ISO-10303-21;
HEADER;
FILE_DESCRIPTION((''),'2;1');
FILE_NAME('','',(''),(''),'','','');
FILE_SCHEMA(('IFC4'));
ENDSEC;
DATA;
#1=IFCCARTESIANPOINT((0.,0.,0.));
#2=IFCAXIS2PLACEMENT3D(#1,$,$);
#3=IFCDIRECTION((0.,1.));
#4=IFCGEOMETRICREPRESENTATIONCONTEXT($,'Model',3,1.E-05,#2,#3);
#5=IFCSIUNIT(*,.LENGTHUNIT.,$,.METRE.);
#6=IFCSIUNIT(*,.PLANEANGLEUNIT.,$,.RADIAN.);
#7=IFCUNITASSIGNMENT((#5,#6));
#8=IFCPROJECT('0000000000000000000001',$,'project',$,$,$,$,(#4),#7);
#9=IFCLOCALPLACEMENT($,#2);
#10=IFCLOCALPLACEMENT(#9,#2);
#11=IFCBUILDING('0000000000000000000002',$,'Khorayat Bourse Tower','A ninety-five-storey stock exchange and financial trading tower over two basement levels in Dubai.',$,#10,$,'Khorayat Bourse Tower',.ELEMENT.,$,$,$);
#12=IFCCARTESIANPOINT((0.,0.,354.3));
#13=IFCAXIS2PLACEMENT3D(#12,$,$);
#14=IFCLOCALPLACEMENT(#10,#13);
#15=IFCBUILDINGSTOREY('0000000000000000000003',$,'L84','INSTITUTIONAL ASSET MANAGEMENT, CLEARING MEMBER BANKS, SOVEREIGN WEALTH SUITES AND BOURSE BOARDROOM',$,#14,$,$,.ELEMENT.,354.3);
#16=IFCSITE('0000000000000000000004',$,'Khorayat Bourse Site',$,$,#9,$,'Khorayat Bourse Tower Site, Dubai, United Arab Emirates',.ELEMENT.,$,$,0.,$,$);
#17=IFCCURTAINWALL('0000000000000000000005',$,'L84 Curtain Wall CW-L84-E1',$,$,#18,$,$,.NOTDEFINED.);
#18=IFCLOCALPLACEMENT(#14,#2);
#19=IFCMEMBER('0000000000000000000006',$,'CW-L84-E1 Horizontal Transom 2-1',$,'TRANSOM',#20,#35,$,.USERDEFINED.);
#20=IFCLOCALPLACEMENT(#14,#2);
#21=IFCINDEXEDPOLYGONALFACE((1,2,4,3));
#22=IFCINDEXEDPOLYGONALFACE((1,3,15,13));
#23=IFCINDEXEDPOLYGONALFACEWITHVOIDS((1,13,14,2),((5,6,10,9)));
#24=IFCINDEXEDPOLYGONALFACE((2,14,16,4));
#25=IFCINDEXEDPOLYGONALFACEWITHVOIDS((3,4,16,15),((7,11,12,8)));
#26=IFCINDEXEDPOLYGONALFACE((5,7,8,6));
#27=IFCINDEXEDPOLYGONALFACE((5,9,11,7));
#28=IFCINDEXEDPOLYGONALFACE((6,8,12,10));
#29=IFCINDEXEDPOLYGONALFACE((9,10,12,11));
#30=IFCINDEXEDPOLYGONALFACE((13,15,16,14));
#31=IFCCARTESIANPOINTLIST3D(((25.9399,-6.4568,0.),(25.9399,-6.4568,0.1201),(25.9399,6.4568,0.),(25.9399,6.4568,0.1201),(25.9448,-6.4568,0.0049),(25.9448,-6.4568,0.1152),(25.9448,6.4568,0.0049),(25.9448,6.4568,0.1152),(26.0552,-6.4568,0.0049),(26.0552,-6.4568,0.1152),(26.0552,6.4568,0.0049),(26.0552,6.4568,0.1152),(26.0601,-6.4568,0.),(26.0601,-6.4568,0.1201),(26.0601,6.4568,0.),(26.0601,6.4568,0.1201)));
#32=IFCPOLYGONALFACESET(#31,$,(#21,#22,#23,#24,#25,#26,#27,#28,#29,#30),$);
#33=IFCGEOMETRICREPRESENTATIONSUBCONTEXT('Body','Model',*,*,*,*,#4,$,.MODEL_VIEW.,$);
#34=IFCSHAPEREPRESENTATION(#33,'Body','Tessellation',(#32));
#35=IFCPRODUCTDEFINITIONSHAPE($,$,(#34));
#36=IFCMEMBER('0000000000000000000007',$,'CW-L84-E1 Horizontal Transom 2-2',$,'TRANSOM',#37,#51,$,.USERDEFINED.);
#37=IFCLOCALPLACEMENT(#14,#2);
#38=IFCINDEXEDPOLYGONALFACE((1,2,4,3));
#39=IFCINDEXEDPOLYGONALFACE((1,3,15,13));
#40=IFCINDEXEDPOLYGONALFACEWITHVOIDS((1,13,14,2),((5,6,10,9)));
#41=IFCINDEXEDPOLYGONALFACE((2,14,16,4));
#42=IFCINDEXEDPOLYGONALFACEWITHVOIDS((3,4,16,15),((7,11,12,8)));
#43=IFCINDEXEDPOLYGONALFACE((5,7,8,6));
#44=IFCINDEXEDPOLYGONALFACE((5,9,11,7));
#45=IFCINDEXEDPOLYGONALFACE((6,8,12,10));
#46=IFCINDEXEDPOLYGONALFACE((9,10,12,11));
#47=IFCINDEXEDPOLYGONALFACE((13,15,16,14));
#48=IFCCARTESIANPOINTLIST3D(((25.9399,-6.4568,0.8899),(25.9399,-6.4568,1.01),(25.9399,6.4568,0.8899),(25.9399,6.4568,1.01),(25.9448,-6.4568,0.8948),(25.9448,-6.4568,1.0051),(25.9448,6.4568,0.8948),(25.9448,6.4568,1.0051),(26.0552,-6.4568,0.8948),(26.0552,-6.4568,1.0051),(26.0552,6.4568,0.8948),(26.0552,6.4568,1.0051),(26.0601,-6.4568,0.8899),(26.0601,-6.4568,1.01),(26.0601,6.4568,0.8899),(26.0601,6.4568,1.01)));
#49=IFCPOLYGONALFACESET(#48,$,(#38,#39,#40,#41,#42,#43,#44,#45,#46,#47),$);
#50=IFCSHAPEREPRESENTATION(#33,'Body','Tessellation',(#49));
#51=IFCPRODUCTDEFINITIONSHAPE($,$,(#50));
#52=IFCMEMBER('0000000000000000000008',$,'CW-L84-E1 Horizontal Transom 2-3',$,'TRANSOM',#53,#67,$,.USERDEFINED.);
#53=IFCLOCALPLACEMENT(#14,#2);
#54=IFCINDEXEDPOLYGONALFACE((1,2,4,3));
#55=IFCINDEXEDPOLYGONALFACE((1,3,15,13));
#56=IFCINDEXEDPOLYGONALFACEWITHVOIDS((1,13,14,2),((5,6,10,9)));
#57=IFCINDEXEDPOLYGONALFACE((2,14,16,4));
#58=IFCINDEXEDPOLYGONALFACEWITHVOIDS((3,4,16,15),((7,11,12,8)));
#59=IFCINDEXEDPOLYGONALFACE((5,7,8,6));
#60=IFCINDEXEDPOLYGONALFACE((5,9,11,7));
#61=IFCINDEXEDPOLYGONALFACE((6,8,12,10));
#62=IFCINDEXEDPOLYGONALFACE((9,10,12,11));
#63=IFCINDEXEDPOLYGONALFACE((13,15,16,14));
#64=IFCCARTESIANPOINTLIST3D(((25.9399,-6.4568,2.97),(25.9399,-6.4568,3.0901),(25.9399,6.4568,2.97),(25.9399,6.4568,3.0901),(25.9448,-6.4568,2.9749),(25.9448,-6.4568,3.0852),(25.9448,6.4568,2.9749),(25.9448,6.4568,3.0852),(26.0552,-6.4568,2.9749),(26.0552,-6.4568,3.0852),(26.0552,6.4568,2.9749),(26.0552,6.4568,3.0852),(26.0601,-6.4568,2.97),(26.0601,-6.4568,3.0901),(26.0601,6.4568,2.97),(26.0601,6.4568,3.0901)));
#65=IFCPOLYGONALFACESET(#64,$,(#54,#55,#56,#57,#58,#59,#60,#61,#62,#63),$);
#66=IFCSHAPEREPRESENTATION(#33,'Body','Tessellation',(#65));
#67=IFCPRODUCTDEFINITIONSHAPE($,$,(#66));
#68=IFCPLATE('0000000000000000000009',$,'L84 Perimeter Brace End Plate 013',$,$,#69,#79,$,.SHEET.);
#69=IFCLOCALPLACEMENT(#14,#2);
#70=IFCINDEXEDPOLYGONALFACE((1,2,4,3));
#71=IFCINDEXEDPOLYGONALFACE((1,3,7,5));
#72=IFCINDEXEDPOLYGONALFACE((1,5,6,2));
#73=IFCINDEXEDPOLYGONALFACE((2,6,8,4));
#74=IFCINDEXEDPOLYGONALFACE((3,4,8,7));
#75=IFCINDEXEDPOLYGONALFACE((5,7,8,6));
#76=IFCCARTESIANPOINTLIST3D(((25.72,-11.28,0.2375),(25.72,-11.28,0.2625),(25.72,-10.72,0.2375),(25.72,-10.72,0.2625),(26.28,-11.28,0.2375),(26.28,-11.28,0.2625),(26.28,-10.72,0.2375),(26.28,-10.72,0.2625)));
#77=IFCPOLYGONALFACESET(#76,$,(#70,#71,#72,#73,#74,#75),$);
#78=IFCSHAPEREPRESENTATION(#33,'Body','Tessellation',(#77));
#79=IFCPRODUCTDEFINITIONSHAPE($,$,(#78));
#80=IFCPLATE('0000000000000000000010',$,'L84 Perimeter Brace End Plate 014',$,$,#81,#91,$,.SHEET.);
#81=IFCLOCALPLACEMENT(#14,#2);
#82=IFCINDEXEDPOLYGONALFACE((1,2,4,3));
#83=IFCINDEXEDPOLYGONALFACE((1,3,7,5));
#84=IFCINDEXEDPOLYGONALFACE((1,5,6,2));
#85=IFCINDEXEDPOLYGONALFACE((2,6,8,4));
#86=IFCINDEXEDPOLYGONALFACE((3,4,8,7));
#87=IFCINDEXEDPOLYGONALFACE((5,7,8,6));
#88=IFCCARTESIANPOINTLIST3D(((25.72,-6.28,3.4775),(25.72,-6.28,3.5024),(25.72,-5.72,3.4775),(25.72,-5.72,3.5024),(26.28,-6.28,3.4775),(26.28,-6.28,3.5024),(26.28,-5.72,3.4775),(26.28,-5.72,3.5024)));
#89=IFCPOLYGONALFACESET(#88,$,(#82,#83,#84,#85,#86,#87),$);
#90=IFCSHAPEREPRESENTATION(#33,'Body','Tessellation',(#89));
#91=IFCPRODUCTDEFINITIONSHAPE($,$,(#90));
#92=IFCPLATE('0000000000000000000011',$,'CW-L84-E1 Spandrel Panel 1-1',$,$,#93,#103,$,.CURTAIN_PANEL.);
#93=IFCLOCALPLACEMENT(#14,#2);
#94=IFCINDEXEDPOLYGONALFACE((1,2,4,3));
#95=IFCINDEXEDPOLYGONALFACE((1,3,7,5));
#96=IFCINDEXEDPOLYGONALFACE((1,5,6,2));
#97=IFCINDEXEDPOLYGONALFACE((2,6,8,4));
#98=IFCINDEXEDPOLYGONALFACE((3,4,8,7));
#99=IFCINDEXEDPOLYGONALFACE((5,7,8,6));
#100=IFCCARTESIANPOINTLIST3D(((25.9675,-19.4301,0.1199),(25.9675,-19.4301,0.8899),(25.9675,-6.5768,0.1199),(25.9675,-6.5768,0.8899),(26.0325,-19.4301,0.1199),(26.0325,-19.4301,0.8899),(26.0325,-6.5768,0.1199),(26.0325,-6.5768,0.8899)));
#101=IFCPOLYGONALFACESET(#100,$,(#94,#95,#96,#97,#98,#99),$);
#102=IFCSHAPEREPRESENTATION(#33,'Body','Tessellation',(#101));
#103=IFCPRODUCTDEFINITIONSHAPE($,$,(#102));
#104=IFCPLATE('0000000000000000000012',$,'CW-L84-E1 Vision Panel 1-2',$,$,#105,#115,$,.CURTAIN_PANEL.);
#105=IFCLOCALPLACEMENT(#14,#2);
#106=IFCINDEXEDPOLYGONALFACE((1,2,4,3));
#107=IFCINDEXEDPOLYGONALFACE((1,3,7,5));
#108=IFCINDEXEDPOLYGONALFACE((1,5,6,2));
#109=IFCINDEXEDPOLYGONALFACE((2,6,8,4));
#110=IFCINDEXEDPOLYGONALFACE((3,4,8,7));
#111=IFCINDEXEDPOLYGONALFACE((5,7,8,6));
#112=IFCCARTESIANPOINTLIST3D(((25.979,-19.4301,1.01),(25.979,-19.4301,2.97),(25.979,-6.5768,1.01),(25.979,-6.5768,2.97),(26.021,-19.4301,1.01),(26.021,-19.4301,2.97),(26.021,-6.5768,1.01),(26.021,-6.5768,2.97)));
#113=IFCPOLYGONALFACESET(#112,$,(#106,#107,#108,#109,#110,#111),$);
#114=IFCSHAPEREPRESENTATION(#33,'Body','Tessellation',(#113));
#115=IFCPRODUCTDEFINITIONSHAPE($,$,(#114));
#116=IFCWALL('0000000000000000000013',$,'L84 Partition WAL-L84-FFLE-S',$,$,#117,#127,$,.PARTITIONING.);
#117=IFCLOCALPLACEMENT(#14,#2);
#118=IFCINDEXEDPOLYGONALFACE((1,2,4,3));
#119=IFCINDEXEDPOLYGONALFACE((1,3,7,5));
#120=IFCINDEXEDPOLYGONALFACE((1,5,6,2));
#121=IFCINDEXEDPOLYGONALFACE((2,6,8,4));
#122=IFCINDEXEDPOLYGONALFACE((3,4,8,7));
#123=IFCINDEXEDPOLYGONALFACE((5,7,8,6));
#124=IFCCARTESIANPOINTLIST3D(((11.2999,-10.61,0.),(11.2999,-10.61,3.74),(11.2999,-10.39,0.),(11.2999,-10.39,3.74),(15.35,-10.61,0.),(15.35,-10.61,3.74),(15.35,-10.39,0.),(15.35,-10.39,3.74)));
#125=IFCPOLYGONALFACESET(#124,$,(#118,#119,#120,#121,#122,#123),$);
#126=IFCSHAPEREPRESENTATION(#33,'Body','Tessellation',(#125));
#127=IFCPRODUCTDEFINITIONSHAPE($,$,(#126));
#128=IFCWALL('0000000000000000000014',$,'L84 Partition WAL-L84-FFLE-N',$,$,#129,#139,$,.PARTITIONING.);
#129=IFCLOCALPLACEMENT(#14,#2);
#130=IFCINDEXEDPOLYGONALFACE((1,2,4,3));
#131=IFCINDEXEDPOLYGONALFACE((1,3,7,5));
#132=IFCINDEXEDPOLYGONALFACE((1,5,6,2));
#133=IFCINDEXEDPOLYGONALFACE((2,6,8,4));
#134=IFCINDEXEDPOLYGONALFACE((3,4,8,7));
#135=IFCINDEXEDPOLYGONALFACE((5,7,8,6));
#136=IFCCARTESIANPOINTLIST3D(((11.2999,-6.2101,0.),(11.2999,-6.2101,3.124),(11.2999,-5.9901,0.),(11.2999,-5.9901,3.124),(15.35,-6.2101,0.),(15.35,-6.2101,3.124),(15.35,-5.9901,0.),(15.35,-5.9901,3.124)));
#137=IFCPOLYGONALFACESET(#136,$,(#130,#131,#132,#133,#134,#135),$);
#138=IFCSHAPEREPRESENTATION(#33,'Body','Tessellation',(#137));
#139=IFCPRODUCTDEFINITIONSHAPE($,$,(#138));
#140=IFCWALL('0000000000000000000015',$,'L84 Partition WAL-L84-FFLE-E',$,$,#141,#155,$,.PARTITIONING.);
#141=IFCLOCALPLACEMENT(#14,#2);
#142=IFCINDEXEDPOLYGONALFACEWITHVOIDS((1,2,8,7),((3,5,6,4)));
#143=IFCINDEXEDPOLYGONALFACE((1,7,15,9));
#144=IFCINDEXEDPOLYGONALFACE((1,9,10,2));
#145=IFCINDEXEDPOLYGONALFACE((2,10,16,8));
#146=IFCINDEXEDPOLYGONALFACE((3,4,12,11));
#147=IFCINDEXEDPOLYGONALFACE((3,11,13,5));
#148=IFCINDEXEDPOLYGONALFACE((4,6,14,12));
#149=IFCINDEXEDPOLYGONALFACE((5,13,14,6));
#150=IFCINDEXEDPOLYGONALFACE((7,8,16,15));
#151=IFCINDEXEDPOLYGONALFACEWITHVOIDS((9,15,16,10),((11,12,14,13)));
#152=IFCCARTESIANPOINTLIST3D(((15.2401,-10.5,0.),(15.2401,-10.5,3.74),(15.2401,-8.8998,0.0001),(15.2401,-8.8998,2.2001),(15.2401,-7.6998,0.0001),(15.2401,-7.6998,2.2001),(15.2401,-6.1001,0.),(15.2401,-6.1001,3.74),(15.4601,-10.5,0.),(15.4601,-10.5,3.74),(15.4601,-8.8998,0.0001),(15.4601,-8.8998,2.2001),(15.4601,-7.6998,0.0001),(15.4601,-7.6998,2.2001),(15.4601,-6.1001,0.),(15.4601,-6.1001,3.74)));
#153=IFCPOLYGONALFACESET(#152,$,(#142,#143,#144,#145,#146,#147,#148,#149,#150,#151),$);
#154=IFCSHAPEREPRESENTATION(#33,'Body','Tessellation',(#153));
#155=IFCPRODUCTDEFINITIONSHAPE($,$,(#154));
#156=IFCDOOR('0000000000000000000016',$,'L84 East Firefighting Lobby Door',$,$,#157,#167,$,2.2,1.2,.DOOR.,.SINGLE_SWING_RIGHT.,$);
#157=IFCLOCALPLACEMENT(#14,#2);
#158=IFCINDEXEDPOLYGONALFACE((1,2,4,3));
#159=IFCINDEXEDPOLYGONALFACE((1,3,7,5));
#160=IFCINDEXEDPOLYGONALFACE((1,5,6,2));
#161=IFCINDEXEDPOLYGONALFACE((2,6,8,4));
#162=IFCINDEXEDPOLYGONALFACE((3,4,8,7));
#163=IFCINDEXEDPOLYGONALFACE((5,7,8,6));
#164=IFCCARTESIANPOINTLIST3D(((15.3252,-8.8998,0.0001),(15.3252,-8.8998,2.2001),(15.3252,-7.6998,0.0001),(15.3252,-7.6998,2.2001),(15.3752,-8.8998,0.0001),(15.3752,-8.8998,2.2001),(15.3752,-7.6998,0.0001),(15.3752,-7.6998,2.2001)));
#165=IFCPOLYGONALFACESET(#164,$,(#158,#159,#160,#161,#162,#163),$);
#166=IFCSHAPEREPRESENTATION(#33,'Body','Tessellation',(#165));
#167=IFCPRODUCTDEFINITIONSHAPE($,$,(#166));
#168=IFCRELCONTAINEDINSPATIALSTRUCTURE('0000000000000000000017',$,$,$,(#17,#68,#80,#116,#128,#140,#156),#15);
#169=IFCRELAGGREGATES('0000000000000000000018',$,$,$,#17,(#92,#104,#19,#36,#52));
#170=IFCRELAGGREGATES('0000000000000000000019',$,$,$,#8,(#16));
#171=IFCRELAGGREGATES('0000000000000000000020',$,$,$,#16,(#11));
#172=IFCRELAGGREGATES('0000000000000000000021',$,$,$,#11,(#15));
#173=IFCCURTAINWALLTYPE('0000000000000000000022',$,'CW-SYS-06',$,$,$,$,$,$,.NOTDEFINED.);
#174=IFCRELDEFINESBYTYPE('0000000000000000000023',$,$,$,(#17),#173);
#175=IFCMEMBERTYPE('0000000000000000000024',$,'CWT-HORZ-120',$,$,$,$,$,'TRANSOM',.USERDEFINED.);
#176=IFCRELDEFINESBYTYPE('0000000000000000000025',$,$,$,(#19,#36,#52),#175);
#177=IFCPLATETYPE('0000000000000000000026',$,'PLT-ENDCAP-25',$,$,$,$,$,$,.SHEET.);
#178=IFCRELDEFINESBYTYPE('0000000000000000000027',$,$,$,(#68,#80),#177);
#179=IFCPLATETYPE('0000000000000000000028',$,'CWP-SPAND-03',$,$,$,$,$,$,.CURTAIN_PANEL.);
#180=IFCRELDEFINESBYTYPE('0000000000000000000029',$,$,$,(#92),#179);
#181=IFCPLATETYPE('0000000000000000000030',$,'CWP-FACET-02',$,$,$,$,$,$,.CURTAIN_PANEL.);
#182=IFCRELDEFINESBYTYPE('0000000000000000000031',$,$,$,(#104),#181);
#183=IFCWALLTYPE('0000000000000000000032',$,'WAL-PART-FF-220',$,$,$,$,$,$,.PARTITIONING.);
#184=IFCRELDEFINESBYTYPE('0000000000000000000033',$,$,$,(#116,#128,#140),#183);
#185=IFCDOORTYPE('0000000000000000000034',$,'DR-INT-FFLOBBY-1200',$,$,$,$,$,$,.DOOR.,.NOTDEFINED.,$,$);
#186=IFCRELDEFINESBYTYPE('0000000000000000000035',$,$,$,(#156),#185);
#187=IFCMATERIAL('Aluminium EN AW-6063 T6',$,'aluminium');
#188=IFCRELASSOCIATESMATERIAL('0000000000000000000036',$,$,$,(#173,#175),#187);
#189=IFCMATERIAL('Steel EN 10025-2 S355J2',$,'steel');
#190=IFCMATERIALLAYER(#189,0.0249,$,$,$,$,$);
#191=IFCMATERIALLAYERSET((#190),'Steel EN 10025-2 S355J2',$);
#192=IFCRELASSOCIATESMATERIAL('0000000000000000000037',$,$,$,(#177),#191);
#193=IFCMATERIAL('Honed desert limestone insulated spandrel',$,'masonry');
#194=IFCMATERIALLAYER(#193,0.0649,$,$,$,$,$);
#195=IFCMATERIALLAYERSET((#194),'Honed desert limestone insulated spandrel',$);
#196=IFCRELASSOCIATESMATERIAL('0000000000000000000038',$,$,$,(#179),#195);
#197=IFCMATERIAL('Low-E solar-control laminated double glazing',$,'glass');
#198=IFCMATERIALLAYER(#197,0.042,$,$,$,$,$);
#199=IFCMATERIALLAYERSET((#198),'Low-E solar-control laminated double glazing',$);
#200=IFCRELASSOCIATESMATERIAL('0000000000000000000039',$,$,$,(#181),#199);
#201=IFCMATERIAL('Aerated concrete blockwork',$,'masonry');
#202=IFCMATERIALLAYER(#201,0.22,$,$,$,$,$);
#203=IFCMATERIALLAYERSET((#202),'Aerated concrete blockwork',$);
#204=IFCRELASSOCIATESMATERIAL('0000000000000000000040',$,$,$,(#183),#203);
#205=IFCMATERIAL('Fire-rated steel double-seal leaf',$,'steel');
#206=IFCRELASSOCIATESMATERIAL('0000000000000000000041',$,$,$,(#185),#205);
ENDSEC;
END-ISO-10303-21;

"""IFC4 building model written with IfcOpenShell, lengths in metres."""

from ifc_helpers import new_model, si_unit, direction, frame, frame_2d, origin, origin_2d, place, context, subcontext, project, spatial, rectangle, hollow_rectangle, extrude, source, transform, mapped, material, layer, layer_set, material_profile, profile_set, type_object, element, fill, aggregate, save


model = new_model("IFC4")

# Units and contexts
model_context = context("Model", 3, precision=1e-05, world=origin(), true_north=direction((0.0, 1.0)))
body_context = subcontext(model_context, "Body", "Model", "MODEL_VIEW")
ifc_project = project(units=[si_unit("LENGTHUNIT", "METRE"), si_unit("PLANEANGLEUNIT", "RADIAN")], contexts=[model_context])

# Site, building, storey
site_placement = place(None, origin())
site = spatial("IfcSite", under=ifc_project, at=site_placement, Name="Khorayat Bourse Site", LongName="Khorayat Bourse Tower Site, Dubai, United Arab Emirates", CompositionType="ELEMENT", RefElevation=0.0)
building_placement = place(site_placement, origin())
building = spatial("IfcBuilding", under=site, at=building_placement, Name="Khorayat Bourse Tower", Description="A ninety-five-storey stock exchange and financial trading tower over two basement levels in Dubai.", LongName="Khorayat Bourse Tower", CompositionType="ELEMENT")
storey_placement = place(building_placement, frame((0.0, 0.0, 354.3)))
storey = spatial("IfcBuildingStorey", under=building, at=storey_placement, Name="L84", Description="INSTITUTIONAL ASSET MANAGEMENT, CLEARING MEMBER BANKS, SOVEREIGN WEALTH SUITES AND BOURSE BOARDROOM", CompositionType="ELEMENT", Elevation=354.3)

# Shared definitions
ifc_material_1 = material(Name="Steel EN 10025-2 S355J2", Category="steel")

# Curtain wall, members
ifc_material_2 = material(Name="Aluminium EN AW-6063 T6", Category="aluminium")
curtain_wall_type = type_object("IfcCurtainWallType", Name="CW-SYS-06", PredefinedType="NOTDEFINED", material=ifc_material_2)
curtain_wall_placement = place(storey_placement, origin())
curtain_wall = element("IfcCurtainWall", 1, at=curtain_wall_placement, inside=storey, type_object=curtain_wall_type, Name="L84 Curtain Wall CW-L84-E1", PredefinedType="NOTDEFINED")
ifc_material_profile_1 = material_profile(ifc_material_2, hollow_rectangle(XDim=0.1201, YDim=0.1201, WallThickness=0.0049, at=origin_2d()), Name="ALU 120x120x5")
ifc_profile_set_1 = profile_set([ifc_material_profile_1], Name="Aluminium EN AW-6063 T6")
member_type_1 = type_object("IfcMemberType", Name="CWT-HORZ-120", ElementType="TRANSOM", PredefinedType="USERDEFINED", material=ifc_profile_set_1)
shared_shape_1 = source(origin(), body_context, "Body", "SweptSolid", [
    extrude(hollow_rectangle(XDim=0.1201, YDim=0.1201, WallThickness=0.0049, at=origin_2d()), origin(), (0.0, 0.0, 1.0), 12.9136),
])
member_1_placement = place(storey_placement, frame((26.0, -6.4568, 0.0601), z_axis=(0.0, 1.0, 0.0), x_axis=(-1.0, 0.0, 0.0)))
member_1 = element("IfcMember", 2, at=member_1_placement, type_object=member_type_1, Name="CW-L84-E1 Horizontal Transom 2-1", ObjectType="TRANSOM", PredefinedType="USERDEFINED", context=body_context, shape_type="MappedRepresentation", body=[
    mapped(shared_shape_1, transform((0.0, 0.0, 0.0), scale=1.0)),
])
member_2_placement = place(storey_placement, frame((26.0, -6.4568, 0.95), z_axis=(0.0, 1.0, 0.0), x_axis=(-1.0, 0.0, 0.0)))
member_2 = element("IfcMember", 3, at=member_2_placement, type_object=member_type_1, Name="CW-L84-E1 Horizontal Transom 2-2", ObjectType="TRANSOM", PredefinedType="USERDEFINED", context=body_context, shape_type="MappedRepresentation", body=[
    mapped(shared_shape_1, transform((0.0, 0.0, 0.0), scale=1.0)),
])
member_3_placement = place(storey_placement, frame((26.0, -6.4568, 3.03), z_axis=(0.0, 1.0, 0.0), x_axis=(-1.0, 0.0, 0.0)))
member_3 = element("IfcMember", 4, at=member_3_placement, type_object=member_type_1, Name="CW-L84-E1 Horizontal Transom 2-3", ObjectType="TRANSOM", PredefinedType="USERDEFINED", context=body_context, shape_type="MappedRepresentation", body=[
    mapped(shared_shape_1, transform((0.0, 0.0, 0.0), scale=1.0)),
])

# Plates
ifc_layer_1 = layer(ifc_material_1, 0.0249)
ifc_layer_set_1 = layer_set([ifc_layer_1], Name="Steel EN 10025-2 S355J2")
plate_type_1 = type_object("IfcPlateType", Name="PLT-ENDCAP-25", PredefinedType="SHEET", material=ifc_layer_set_1)
shared_shape_2 = source(origin(), body_context, "Body", "SweptSolid", [
    extrude(rectangle(XDim=0.5601, YDim=0.5601, at=origin_2d()), origin(), (0.0, 0.0, 1.0), 0.0249),
])
for number, where, z_axis, x_axis, name in (
    (5, (26.0, -11.0, 0.2375), (0.0, 0.0, 1.0), (1.0, 0.0, 0.0), "L84 Perimeter Brace End Plate 013"),
    (6, (26.0, -6.0, 3.4775), (0.0, 0.0, 1.0), (1.0, 0.0, 0.0), "L84 Perimeter Brace End Plate 014"),
):
    element("IfcPlate", number, at=place(storey_placement, frame(where, z_axis=z_axis, x_axis=x_axis)), inside=storey, type_object=plate_type_1, Name=name, PredefinedType="SHEET", context=body_context, shape_type="MappedRepresentation", body=[
        mapped(shared_shape_2, transform((0.0, 0.0, 0.0), scale=1.0)),
    ])

# Plates
ifc_material_3 = material(Name="Honed desert limestone insulated spandrel", Category="masonry")
ifc_layer_2 = layer(ifc_material_3, 0.0649)
ifc_layer_set_2 = layer_set([ifc_layer_2], Name="Honed desert limestone insulated spandrel")
plate_type_2 = type_object("IfcPlateType", Name="CWP-SPAND-03", PredefinedType="CURTAIN_PANEL", material=ifc_layer_set_2)
shared_shape_3 = source(origin(), body_context, "Body", "SweptSolid", [
    extrude(rectangle(XDim=12.8533, YDim=0.0649, at=origin_2d()), origin(), (0.0, 0.0, 1.0), 0.77),
])
plate_1_placement = place(storey_placement, frame((26.0, -13.0034, 0.1199), z_axis=(0.0, 0.0, 1.0), x_axis=(0.0, 1.0, 0.0)))
plate_1 = element("IfcPlate", 7, at=plate_1_placement, type_object=plate_type_2, Name="CW-L84-E1 Spandrel Panel 1-1", PredefinedType="CURTAIN_PANEL", context=body_context, shape_type="MappedRepresentation", body=[
    mapped(shared_shape_3, transform((0.0, 0.0, 0.0), scale=1.0)),
])
ifc_material_4 = material(Name="Low-E solar-control laminated double glazing", Category="glass")
ifc_layer_3 = layer(ifc_material_4, 0.042)
ifc_layer_set_3 = layer_set([ifc_layer_3], Name="Low-E solar-control laminated double glazing")
plate_type_3 = type_object("IfcPlateType", Name="CWP-FACET-02", PredefinedType="CURTAIN_PANEL", material=ifc_layer_set_3)
shared_shape_4 = source(origin(), body_context, "Body", "SweptSolid", [
    extrude(rectangle(XDim=12.8533, YDim=0.042, at=origin_2d()), origin(), (0.0, 0.0, 1.0), 1.96),
])
plate_2_placement = place(storey_placement, frame((26.0, -13.0034, 1.01), z_axis=(0.0, 0.0, 1.0), x_axis=(0.0, 1.0, 0.0)))
plate_2 = element("IfcPlate", 8, at=plate_2_placement, type_object=plate_type_3, Name="CW-L84-E1 Vision Panel 1-2", PredefinedType="CURTAIN_PANEL", context=body_context, shape_type="MappedRepresentation", body=[
    mapped(shared_shape_4, transform((0.0, 0.0, 0.0), scale=1.0)),
])
aggregate(curtain_wall, [plate_1, plate_2, member_1, member_2, member_3])

# Walls
ifc_material_5 = material(Name="Aerated concrete blockwork", Category="masonry")
ifc_layer_4 = layer(ifc_material_5, 0.22)
ifc_layer_set_4 = layer_set([ifc_layer_4], Name="Aerated concrete blockwork")
wall_type_1 = type_object("IfcWallType", Name="WAL-PART-FF-220", PredefinedType="PARTITIONING", material=ifc_layer_set_4)
shared_shape_5 = source(origin(), body_context, "Body", "SweptSolid", [
    extrude(rectangle(XDim=4.05, YDim=0.22, at=frame_2d((2.0249, 0.0))), origin(), (0.0, 0.0, 1.0), 3.74),
])
wall_1_placement = place(storey_placement, frame((11.3, -10.5, 0.0), z_axis=(0.0, 0.0, 1.0), x_axis=(1.0, 0.0, 0.0)))
element("IfcWall", 9, at=wall_1_placement, inside=storey, type_object=wall_type_1, Name="L84 Partition WAL-L84-FFLE-S", PredefinedType="PARTITIONING", context=body_context, shape_type="MappedRepresentation", body=[
    mapped(shared_shape_5, transform((0.0, 0.0, 0.0), scale=1.0)),
])
shared_shape_6 = source(origin(), body_context, "Body", "SweptSolid", [
    extrude(rectangle(XDim=4.05, YDim=0.22, at=frame_2d((2.0249, 0.0))), origin(), (0.0, 0.0, 1.0), 3.124),
])
wall_2_placement = place(storey_placement, frame((11.3, -6.1001, 0.0), z_axis=(0.0, 0.0, 1.0), x_axis=(1.0, 0.0, 0.0)))
element("IfcWall", 10, at=wall_2_placement, inside=storey, type_object=wall_type_1, Name="L84 Partition WAL-L84-FFLE-N", PredefinedType="PARTITIONING", context=body_context, shape_type="MappedRepresentation", body=[
    mapped(shared_shape_6, transform((0.0, 0.0, 0.0), scale=1.0)),
])

# Wall, opening, door
shared_shape_7 = source(origin(), body_context, "Body", "SweptSolid", [
    extrude(rectangle(XDim=4.3999, YDim=0.22, at=frame_2d((2.2, 0.0))), origin(), (0.0, 0.0, 1.0), 3.74),
])
wall_3_placement = place(storey_placement, frame((15.3501, -10.5, 0.0), z_axis=(0.0, 0.0, 1.0), x_axis=(0.0, 1.0, 0.0)))
wall_3 = element("IfcWall", 11, at=wall_3_placement, inside=storey, type_object=wall_type_1, Name="L84 Partition WAL-L84-FFLE-E", PredefinedType="PARTITIONING", context=body_context, shape_type="MappedRepresentation", body=[
    mapped(shared_shape_7, transform((0.0, 0.0, 0.0), scale=1.0)),
])
shared_shape_8 = source(origin(), body_context, "Body", "SweptSolid", [
    extrude(rectangle(XDim=1.2, YDim=2.2, at=frame_2d((0.6001, 1.1001))), frame((0.0, 0.1199, 0.0), z_axis=(0.0, -1.0, 0.0), x_axis=(1.0, 0.0, 0.0)), (0.0, 0.0, 1.0), 0.24),
])
opening_1_placement = place(wall_3_placement, frame((1.6001, 0.0, 0.0)))
opening_1 = element("IfcOpeningElement", 12, at=opening_1_placement, cuts=wall_3, PredefinedType="OPENING", context=body_context, shape_type="MappedRepresentation", body=[
    mapped(shared_shape_8, transform((0.0, 0.0, 0.0), scale=1.0)),
])
ifc_material_6 = material(Name="Fire-rated steel double-seal leaf", Category="steel")
door_type_1 = type_object("IfcDoorType", Name="DR-INT-FFLOBBY-1200", OperationType="NOTDEFINED", PredefinedType="DOOR", material=ifc_material_6)
shared_shape_9 = source(origin(), body_context, "Body", "SweptSolid", [
    extrude(rectangle(XDim=1.2, YDim=2.2, at=frame_2d((0.6001, 1.1001))), frame((0.0, 0.0249, 0.0), z_axis=(0.0, -1.0, 0.0), x_axis=(1.0, 0.0, 0.0)), (0.0, 0.0, 1.0), 0.05),
])
door_1_placement = place(opening_1_placement, origin())
door_1 = element("IfcDoor", 13, at=door_1_placement, inside=storey, type_object=door_type_1, Name="L84 East Firefighting Lobby Door", OperationType="SINGLE_SWING_RIGHT", OverallHeight=2.2, OverallWidth=1.2, PredefinedType="DOOR", context=body_context, shape_type="MappedRepresentation", body=[
    mapped(shared_shape_9, transform((0.0, 0.0, 0.0), scale=1.0)),
])
fill(opening_1, door_1)

save(model, "model.ifc")
